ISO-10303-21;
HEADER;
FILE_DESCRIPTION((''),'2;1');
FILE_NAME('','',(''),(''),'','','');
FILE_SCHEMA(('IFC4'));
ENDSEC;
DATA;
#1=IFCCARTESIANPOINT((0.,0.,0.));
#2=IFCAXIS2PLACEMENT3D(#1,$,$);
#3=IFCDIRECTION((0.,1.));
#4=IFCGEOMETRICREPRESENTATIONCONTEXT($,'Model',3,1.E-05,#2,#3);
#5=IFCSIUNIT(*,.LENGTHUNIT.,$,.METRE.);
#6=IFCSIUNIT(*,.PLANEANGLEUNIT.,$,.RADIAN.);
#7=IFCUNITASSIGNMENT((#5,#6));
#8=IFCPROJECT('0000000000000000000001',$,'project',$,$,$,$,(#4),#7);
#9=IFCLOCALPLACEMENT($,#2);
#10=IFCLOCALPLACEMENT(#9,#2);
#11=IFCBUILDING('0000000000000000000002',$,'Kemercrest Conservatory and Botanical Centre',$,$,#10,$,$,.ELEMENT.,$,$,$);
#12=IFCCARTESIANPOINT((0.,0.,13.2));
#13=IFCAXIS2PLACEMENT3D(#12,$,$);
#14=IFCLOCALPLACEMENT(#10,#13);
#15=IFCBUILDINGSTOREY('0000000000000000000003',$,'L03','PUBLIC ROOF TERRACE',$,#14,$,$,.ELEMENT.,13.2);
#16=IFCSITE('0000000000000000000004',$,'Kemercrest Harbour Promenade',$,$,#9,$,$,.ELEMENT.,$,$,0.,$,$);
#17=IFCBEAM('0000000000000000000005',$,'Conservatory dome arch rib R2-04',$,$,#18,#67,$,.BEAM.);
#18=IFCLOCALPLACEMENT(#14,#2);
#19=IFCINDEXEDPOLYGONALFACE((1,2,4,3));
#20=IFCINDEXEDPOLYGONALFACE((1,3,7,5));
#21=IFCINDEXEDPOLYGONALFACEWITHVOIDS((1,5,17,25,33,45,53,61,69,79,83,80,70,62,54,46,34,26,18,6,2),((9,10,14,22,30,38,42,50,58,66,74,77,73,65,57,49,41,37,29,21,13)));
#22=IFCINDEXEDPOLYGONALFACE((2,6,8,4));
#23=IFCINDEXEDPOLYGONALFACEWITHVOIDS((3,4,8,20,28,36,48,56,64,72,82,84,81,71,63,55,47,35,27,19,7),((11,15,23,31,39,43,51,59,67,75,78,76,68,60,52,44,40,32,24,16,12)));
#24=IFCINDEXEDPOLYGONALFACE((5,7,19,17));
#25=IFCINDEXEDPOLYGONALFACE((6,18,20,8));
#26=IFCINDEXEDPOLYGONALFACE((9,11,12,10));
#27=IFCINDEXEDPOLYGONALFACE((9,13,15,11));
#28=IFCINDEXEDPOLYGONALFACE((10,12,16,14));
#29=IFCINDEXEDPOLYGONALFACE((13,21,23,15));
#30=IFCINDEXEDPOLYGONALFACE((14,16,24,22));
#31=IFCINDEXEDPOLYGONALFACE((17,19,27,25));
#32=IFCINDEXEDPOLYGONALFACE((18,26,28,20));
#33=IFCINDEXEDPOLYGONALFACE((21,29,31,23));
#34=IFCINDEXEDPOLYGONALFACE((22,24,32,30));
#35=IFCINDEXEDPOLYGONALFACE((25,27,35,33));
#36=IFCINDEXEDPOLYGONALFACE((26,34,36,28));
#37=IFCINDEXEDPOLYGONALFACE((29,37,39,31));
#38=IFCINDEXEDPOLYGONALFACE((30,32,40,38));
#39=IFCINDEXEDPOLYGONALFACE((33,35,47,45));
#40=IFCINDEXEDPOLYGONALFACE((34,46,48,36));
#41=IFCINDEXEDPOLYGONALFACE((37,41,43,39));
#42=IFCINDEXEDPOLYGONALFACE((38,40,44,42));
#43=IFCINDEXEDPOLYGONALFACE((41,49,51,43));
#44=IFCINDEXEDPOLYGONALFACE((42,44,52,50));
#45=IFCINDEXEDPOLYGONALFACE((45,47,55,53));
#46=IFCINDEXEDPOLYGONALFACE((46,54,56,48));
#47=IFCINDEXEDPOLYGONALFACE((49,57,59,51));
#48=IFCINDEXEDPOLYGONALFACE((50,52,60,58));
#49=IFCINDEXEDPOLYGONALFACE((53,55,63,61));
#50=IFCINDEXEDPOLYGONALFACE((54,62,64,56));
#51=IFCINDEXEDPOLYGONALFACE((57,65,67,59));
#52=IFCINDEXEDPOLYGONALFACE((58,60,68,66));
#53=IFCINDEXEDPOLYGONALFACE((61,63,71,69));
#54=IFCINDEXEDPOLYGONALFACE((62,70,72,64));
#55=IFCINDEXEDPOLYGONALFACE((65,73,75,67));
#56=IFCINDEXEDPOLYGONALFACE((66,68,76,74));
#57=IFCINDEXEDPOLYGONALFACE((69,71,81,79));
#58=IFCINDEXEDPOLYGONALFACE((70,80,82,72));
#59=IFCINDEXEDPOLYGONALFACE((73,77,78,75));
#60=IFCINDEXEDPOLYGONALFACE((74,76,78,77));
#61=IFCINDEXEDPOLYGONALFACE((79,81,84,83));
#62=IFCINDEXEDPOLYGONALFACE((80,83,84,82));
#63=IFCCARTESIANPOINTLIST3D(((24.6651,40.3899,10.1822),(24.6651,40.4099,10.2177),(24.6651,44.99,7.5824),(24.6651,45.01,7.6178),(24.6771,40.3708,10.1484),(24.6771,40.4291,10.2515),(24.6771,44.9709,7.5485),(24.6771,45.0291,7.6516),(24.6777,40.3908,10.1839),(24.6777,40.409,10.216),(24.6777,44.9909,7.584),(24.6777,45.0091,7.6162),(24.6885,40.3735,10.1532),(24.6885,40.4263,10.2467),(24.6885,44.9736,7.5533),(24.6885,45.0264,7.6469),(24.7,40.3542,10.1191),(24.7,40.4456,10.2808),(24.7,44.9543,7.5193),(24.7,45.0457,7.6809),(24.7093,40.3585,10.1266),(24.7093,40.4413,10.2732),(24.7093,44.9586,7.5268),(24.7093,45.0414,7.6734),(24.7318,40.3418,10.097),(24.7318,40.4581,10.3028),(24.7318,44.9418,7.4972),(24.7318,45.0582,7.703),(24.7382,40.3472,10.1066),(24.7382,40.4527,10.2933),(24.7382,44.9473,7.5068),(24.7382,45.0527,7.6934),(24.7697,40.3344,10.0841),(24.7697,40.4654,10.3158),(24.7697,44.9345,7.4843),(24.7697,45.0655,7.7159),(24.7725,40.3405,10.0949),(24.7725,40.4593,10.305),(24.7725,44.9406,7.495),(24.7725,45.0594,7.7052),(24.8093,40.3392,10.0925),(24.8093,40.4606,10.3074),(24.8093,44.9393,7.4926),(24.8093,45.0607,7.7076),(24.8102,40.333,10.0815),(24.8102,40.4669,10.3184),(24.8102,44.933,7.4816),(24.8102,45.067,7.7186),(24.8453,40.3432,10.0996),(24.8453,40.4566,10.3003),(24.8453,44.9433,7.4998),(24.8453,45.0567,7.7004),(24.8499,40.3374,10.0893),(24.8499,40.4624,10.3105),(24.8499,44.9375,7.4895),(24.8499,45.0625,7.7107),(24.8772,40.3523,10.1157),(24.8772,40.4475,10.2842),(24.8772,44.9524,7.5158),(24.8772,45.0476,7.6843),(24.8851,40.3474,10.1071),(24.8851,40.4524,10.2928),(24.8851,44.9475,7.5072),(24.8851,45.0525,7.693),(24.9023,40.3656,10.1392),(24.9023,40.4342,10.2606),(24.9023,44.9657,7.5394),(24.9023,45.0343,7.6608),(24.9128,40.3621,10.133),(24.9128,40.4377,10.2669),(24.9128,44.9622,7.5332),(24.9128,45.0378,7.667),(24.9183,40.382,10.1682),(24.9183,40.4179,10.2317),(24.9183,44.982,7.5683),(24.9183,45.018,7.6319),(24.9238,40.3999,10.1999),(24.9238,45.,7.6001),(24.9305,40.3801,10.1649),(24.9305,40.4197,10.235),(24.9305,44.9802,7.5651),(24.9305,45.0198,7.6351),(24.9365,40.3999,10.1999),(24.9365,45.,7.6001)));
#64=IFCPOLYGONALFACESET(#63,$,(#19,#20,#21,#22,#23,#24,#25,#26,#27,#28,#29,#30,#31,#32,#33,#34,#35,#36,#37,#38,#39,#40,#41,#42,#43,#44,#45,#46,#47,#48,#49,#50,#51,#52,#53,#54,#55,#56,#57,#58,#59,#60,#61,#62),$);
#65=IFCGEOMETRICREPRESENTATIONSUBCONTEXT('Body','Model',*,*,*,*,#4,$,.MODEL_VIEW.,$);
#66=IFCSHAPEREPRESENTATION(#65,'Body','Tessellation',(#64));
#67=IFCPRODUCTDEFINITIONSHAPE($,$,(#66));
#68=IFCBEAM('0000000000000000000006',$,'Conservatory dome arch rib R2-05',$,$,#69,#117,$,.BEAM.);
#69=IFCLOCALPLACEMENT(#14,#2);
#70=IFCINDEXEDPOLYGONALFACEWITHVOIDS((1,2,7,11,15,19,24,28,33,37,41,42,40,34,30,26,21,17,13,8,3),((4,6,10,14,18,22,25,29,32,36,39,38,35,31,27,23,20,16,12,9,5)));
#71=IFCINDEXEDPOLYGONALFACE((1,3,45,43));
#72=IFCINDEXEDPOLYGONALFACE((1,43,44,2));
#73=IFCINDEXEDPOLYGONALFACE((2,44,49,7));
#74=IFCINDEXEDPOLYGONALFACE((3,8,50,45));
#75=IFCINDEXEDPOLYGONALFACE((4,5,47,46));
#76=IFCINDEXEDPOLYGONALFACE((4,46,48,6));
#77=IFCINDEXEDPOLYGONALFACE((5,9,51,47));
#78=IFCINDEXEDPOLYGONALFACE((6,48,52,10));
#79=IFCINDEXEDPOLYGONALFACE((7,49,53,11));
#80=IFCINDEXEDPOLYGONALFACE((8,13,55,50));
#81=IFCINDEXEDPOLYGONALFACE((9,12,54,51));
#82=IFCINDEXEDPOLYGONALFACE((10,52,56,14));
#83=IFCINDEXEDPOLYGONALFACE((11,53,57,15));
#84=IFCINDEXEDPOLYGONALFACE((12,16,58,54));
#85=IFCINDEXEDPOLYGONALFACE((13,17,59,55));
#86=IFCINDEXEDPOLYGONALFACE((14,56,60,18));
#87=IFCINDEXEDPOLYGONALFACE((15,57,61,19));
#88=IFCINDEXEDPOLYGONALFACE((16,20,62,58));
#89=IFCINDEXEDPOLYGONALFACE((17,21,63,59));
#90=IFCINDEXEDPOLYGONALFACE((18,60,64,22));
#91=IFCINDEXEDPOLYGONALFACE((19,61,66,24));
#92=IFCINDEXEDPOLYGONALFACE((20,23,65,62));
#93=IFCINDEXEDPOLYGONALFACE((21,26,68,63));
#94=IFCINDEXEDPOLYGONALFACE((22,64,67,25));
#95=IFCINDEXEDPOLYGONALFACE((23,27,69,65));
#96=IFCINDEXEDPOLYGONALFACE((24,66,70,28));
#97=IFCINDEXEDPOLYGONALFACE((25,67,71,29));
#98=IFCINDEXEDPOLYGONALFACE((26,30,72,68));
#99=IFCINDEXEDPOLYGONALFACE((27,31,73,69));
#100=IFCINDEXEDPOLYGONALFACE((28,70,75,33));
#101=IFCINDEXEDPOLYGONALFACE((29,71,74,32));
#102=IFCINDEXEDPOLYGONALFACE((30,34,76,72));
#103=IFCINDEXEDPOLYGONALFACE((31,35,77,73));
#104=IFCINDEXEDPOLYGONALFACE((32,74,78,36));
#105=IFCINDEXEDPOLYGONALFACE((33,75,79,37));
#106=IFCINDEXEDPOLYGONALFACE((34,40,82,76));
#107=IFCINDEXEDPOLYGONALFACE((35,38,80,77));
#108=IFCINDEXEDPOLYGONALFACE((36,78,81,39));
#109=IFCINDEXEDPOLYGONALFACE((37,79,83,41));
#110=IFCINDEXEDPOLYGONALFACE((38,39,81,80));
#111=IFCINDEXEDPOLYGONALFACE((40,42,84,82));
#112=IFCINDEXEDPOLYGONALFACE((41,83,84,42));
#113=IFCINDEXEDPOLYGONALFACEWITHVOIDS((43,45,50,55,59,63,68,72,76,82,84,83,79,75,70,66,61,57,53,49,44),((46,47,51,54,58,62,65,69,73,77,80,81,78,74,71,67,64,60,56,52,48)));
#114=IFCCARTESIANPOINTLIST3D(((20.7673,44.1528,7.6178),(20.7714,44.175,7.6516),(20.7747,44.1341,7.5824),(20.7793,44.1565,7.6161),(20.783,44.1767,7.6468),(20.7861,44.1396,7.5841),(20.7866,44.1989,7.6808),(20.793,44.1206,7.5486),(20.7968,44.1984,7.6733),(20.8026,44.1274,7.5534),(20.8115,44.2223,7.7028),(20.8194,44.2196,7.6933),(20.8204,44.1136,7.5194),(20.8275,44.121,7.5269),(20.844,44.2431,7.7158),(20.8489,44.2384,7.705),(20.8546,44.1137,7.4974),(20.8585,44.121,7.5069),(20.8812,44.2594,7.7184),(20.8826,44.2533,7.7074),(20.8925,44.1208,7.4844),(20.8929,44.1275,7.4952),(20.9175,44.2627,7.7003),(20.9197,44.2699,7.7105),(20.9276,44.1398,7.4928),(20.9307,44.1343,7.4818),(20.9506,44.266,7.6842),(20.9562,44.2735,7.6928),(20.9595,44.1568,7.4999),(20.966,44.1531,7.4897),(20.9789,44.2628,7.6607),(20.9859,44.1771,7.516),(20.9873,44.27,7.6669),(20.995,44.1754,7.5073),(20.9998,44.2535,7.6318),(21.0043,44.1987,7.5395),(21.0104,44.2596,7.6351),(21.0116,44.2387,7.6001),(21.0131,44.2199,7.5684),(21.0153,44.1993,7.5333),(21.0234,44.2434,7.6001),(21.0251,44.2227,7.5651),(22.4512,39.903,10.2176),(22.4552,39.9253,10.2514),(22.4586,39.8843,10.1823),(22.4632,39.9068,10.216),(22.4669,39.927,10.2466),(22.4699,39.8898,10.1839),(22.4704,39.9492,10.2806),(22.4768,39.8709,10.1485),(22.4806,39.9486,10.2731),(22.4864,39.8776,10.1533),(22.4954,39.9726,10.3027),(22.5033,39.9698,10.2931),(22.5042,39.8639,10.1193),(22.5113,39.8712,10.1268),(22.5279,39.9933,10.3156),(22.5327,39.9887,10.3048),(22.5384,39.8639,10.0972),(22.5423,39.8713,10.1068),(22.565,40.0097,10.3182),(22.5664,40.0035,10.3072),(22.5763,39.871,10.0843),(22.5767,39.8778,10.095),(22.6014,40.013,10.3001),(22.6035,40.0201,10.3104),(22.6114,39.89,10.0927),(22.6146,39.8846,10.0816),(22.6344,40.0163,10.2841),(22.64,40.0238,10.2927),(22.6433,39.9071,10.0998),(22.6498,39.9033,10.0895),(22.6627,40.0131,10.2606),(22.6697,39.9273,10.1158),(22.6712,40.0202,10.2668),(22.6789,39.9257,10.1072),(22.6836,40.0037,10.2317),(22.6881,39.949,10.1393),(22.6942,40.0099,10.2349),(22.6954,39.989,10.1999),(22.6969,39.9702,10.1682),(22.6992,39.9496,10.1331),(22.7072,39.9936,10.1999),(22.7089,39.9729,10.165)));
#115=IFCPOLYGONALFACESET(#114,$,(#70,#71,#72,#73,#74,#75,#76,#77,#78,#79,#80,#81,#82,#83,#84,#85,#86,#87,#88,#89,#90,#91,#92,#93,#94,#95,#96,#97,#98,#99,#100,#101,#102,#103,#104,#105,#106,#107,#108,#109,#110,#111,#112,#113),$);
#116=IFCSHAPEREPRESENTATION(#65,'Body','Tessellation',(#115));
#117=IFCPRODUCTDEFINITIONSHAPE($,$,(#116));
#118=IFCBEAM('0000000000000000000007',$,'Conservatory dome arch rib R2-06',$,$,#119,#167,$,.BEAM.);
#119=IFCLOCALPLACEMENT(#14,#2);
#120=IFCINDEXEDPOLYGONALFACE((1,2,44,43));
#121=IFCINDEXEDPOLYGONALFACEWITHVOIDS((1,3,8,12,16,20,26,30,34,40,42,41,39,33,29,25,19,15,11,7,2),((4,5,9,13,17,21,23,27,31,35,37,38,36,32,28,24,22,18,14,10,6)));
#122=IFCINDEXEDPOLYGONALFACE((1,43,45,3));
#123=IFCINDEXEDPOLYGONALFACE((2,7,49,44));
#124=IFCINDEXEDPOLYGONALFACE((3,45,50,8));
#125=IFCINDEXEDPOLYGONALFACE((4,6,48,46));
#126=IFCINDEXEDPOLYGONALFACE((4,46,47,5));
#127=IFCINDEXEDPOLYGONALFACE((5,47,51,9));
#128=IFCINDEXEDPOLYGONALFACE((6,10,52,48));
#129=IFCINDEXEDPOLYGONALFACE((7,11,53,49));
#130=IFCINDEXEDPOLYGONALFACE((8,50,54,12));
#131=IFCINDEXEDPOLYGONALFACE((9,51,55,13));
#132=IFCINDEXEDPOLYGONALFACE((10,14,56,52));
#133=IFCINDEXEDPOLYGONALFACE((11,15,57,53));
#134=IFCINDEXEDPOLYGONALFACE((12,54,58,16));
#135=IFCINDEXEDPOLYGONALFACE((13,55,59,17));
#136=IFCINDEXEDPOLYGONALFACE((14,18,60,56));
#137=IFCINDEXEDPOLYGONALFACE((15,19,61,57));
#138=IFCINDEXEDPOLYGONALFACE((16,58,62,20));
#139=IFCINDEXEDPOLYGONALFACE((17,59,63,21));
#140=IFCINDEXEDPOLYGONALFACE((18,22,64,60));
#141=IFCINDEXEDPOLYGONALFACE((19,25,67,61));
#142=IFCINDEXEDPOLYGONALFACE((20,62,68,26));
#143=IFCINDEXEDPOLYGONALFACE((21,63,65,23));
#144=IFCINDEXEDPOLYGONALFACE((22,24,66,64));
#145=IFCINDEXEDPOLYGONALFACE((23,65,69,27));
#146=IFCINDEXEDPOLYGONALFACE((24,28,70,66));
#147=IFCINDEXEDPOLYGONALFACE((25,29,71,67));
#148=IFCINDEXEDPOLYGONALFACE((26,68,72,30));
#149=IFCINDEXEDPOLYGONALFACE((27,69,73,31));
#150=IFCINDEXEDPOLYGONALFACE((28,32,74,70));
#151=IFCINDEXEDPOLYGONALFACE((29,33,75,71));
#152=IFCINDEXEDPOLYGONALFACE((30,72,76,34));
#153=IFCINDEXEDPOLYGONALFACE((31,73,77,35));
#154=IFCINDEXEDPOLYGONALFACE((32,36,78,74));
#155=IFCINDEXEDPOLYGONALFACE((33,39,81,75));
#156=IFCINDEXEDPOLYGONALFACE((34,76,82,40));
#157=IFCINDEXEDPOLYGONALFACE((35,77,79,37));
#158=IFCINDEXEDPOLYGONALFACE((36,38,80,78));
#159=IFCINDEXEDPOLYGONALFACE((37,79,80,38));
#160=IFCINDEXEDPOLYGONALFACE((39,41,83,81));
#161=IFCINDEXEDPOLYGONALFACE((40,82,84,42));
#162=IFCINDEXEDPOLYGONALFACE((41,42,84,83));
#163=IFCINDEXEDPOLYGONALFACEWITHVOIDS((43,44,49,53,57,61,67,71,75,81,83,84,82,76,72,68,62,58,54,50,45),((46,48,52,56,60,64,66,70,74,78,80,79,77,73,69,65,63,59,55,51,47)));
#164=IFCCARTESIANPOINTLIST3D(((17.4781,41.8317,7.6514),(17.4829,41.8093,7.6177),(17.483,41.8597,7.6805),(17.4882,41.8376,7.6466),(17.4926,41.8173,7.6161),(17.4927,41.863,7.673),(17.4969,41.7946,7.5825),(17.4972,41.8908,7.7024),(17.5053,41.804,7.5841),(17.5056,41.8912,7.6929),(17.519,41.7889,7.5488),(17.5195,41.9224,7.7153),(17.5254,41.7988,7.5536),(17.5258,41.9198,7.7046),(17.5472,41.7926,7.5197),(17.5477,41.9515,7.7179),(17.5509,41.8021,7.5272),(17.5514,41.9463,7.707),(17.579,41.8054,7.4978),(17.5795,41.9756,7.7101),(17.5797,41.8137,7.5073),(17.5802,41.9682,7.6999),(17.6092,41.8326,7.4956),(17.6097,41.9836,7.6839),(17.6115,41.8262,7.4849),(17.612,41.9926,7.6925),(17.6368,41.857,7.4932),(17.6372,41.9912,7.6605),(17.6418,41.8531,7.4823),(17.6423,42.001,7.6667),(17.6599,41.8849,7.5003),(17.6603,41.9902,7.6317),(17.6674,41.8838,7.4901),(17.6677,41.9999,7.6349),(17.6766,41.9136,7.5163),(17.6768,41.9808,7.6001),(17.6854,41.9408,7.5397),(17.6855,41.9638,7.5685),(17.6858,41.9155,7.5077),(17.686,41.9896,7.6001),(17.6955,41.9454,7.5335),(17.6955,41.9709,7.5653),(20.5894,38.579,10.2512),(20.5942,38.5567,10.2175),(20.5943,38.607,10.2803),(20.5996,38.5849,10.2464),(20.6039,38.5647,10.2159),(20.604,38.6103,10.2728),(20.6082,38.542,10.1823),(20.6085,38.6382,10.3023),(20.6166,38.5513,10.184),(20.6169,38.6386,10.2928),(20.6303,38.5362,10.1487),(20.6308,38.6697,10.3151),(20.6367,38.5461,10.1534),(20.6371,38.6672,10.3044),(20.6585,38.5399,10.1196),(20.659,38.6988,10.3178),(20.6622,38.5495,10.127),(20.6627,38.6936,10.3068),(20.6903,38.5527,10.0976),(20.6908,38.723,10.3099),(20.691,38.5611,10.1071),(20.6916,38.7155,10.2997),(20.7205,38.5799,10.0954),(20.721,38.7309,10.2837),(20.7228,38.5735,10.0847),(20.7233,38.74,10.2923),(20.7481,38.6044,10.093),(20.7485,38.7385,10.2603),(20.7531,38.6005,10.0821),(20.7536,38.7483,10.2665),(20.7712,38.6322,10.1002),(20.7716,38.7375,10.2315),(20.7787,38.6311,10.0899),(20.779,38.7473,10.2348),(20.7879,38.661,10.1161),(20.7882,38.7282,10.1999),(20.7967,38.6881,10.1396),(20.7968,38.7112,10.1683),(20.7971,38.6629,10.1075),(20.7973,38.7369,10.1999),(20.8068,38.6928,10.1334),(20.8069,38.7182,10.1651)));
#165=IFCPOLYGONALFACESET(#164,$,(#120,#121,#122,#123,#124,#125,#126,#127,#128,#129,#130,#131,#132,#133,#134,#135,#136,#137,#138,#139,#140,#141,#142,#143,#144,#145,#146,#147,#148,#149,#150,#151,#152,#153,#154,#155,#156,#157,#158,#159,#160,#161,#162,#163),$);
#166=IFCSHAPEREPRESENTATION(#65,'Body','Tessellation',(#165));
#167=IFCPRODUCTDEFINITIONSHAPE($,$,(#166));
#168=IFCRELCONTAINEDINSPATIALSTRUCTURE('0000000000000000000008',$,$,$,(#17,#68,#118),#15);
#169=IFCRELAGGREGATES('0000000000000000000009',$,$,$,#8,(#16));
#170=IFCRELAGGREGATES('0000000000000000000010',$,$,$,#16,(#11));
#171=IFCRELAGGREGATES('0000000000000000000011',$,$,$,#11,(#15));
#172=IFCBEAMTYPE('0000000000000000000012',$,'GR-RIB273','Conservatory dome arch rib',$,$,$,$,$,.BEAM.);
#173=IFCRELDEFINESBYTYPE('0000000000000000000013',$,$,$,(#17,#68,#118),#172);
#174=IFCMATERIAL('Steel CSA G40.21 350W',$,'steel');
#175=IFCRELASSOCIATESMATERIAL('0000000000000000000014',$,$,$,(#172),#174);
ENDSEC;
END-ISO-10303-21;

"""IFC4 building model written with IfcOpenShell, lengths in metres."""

from ifc_helpers import new_model, si_unit, direction, frame, origin, origin_2d, place, context, subcontext, project, spatial, hollow_circle, extrude, material, material_profile, profile_set, type_object, element, save


model = new_model("IFC4")

# Units and contexts
model_context = context("Model", 3, precision=1e-05, world=origin(), true_north=direction((0.0, 1.0)))
body_context = subcontext(model_context, "Body", "Model", "MODEL_VIEW")
ifc_project = project(units=[si_unit("LENGTHUNIT", "METRE"), si_unit("PLANEANGLEUNIT", "RADIAN")], contexts=[model_context])

# Site, building, storey
site_placement = place(None, origin())
site = spatial("IfcSite", under=ifc_project, at=site_placement, Name="Kemercrest Harbour Promenade", CompositionType="ELEMENT", RefElevation=0.0)
building_placement = place(site_placement, origin())
building = spatial("IfcBuilding", under=site, at=building_placement, Name="Kemercrest Conservatory and Botanical Centre", CompositionType="ELEMENT")
storey_placement = place(building_placement, frame((0.0, 0.0, 13.2)))
storey = spatial("IfcBuildingStorey", under=building, at=storey_placement, Name="L03", Description="PUBLIC ROOF TERRACE", CompositionType="ELEMENT", Elevation=13.2)

# Beams
ifc_material_1 = material(Name="Steel CSA G40.21 350W", Category="steel")
ifc_material_profile_1 = material_profile(ifc_material_1, hollow_circle(Radius=0.1365, WallThickness=0.0127, at=origin_2d()), Name="CHS 273.1x12.7")
ifc_profile_set_1 = profile_set([ifc_material_profile_1], Name="Steel CSA G40.21 350W")
beam_type_1 = type_object("IfcBeamType", Name="GR-RIB273", Description="Conservatory dome arch rib", PredefinedType="BEAM", material=ifc_profile_set_1)
beam_1_placement = place(storey_placement, frame((24.8, 45.0, 7.6001), z_axis=(0.0, -0.870579, 0.492028), x_axis=(1.0, 0.0, 0.0)))
element("IfcBeam", 1, at=beam_1_placement, inside=storey, type_object=beam_type_1, Name="Conservatory dome arch rib R2-04", PredefinedType="BEAM", context=body_context, shape_type="SweptSolid", body=[
    extrude(hollow_circle(Radius=0.1365, WallThickness=0.0127, at=origin_2d()), origin(), (0.0, 0.0, 1.0), 5.2839),
])
beam_2_placement = place(storey_placement, frame((20.8965, 44.1931, 7.6001), z_axis=(0.320194, -0.808123, 0.494382), x_axis=(0.929684, 0.368359, 0.0)))
element("IfcBeam", 2, at=beam_2_placement, inside=storey, type_object=beam_type_1, Name="Conservatory dome arch rib R2-05", PredefinedType="BEAM", context=body_context, shape_type="SweptSolid", body=[
    extrude(hollow_circle(Radius=0.1365, WallThickness=0.0127, at=origin_2d()), origin(), (0.0, 0.0, 1.0), 5.2588),
])
beam_3_placement = place(storey_placement, frame((17.5874, 41.8953, 7.6001), z_axis=(0.598559, -0.625753, 0.500161), x_axis=(0.722635, 0.69123, 0.0)))
element("IfcBeam", 3, at=beam_3_placement, inside=storey, type_object=beam_type_1, Name="Conservatory dome arch rib R2-06", PredefinedType="BEAM", context=body_context, shape_type="SweptSolid", body=[
    extrude(hollow_circle(Radius=0.1365, WallThickness=0.0127, at=origin_2d()), origin(), (0.0, 0.0, 1.0), 5.198),
])

save(model, "model.ifc")
